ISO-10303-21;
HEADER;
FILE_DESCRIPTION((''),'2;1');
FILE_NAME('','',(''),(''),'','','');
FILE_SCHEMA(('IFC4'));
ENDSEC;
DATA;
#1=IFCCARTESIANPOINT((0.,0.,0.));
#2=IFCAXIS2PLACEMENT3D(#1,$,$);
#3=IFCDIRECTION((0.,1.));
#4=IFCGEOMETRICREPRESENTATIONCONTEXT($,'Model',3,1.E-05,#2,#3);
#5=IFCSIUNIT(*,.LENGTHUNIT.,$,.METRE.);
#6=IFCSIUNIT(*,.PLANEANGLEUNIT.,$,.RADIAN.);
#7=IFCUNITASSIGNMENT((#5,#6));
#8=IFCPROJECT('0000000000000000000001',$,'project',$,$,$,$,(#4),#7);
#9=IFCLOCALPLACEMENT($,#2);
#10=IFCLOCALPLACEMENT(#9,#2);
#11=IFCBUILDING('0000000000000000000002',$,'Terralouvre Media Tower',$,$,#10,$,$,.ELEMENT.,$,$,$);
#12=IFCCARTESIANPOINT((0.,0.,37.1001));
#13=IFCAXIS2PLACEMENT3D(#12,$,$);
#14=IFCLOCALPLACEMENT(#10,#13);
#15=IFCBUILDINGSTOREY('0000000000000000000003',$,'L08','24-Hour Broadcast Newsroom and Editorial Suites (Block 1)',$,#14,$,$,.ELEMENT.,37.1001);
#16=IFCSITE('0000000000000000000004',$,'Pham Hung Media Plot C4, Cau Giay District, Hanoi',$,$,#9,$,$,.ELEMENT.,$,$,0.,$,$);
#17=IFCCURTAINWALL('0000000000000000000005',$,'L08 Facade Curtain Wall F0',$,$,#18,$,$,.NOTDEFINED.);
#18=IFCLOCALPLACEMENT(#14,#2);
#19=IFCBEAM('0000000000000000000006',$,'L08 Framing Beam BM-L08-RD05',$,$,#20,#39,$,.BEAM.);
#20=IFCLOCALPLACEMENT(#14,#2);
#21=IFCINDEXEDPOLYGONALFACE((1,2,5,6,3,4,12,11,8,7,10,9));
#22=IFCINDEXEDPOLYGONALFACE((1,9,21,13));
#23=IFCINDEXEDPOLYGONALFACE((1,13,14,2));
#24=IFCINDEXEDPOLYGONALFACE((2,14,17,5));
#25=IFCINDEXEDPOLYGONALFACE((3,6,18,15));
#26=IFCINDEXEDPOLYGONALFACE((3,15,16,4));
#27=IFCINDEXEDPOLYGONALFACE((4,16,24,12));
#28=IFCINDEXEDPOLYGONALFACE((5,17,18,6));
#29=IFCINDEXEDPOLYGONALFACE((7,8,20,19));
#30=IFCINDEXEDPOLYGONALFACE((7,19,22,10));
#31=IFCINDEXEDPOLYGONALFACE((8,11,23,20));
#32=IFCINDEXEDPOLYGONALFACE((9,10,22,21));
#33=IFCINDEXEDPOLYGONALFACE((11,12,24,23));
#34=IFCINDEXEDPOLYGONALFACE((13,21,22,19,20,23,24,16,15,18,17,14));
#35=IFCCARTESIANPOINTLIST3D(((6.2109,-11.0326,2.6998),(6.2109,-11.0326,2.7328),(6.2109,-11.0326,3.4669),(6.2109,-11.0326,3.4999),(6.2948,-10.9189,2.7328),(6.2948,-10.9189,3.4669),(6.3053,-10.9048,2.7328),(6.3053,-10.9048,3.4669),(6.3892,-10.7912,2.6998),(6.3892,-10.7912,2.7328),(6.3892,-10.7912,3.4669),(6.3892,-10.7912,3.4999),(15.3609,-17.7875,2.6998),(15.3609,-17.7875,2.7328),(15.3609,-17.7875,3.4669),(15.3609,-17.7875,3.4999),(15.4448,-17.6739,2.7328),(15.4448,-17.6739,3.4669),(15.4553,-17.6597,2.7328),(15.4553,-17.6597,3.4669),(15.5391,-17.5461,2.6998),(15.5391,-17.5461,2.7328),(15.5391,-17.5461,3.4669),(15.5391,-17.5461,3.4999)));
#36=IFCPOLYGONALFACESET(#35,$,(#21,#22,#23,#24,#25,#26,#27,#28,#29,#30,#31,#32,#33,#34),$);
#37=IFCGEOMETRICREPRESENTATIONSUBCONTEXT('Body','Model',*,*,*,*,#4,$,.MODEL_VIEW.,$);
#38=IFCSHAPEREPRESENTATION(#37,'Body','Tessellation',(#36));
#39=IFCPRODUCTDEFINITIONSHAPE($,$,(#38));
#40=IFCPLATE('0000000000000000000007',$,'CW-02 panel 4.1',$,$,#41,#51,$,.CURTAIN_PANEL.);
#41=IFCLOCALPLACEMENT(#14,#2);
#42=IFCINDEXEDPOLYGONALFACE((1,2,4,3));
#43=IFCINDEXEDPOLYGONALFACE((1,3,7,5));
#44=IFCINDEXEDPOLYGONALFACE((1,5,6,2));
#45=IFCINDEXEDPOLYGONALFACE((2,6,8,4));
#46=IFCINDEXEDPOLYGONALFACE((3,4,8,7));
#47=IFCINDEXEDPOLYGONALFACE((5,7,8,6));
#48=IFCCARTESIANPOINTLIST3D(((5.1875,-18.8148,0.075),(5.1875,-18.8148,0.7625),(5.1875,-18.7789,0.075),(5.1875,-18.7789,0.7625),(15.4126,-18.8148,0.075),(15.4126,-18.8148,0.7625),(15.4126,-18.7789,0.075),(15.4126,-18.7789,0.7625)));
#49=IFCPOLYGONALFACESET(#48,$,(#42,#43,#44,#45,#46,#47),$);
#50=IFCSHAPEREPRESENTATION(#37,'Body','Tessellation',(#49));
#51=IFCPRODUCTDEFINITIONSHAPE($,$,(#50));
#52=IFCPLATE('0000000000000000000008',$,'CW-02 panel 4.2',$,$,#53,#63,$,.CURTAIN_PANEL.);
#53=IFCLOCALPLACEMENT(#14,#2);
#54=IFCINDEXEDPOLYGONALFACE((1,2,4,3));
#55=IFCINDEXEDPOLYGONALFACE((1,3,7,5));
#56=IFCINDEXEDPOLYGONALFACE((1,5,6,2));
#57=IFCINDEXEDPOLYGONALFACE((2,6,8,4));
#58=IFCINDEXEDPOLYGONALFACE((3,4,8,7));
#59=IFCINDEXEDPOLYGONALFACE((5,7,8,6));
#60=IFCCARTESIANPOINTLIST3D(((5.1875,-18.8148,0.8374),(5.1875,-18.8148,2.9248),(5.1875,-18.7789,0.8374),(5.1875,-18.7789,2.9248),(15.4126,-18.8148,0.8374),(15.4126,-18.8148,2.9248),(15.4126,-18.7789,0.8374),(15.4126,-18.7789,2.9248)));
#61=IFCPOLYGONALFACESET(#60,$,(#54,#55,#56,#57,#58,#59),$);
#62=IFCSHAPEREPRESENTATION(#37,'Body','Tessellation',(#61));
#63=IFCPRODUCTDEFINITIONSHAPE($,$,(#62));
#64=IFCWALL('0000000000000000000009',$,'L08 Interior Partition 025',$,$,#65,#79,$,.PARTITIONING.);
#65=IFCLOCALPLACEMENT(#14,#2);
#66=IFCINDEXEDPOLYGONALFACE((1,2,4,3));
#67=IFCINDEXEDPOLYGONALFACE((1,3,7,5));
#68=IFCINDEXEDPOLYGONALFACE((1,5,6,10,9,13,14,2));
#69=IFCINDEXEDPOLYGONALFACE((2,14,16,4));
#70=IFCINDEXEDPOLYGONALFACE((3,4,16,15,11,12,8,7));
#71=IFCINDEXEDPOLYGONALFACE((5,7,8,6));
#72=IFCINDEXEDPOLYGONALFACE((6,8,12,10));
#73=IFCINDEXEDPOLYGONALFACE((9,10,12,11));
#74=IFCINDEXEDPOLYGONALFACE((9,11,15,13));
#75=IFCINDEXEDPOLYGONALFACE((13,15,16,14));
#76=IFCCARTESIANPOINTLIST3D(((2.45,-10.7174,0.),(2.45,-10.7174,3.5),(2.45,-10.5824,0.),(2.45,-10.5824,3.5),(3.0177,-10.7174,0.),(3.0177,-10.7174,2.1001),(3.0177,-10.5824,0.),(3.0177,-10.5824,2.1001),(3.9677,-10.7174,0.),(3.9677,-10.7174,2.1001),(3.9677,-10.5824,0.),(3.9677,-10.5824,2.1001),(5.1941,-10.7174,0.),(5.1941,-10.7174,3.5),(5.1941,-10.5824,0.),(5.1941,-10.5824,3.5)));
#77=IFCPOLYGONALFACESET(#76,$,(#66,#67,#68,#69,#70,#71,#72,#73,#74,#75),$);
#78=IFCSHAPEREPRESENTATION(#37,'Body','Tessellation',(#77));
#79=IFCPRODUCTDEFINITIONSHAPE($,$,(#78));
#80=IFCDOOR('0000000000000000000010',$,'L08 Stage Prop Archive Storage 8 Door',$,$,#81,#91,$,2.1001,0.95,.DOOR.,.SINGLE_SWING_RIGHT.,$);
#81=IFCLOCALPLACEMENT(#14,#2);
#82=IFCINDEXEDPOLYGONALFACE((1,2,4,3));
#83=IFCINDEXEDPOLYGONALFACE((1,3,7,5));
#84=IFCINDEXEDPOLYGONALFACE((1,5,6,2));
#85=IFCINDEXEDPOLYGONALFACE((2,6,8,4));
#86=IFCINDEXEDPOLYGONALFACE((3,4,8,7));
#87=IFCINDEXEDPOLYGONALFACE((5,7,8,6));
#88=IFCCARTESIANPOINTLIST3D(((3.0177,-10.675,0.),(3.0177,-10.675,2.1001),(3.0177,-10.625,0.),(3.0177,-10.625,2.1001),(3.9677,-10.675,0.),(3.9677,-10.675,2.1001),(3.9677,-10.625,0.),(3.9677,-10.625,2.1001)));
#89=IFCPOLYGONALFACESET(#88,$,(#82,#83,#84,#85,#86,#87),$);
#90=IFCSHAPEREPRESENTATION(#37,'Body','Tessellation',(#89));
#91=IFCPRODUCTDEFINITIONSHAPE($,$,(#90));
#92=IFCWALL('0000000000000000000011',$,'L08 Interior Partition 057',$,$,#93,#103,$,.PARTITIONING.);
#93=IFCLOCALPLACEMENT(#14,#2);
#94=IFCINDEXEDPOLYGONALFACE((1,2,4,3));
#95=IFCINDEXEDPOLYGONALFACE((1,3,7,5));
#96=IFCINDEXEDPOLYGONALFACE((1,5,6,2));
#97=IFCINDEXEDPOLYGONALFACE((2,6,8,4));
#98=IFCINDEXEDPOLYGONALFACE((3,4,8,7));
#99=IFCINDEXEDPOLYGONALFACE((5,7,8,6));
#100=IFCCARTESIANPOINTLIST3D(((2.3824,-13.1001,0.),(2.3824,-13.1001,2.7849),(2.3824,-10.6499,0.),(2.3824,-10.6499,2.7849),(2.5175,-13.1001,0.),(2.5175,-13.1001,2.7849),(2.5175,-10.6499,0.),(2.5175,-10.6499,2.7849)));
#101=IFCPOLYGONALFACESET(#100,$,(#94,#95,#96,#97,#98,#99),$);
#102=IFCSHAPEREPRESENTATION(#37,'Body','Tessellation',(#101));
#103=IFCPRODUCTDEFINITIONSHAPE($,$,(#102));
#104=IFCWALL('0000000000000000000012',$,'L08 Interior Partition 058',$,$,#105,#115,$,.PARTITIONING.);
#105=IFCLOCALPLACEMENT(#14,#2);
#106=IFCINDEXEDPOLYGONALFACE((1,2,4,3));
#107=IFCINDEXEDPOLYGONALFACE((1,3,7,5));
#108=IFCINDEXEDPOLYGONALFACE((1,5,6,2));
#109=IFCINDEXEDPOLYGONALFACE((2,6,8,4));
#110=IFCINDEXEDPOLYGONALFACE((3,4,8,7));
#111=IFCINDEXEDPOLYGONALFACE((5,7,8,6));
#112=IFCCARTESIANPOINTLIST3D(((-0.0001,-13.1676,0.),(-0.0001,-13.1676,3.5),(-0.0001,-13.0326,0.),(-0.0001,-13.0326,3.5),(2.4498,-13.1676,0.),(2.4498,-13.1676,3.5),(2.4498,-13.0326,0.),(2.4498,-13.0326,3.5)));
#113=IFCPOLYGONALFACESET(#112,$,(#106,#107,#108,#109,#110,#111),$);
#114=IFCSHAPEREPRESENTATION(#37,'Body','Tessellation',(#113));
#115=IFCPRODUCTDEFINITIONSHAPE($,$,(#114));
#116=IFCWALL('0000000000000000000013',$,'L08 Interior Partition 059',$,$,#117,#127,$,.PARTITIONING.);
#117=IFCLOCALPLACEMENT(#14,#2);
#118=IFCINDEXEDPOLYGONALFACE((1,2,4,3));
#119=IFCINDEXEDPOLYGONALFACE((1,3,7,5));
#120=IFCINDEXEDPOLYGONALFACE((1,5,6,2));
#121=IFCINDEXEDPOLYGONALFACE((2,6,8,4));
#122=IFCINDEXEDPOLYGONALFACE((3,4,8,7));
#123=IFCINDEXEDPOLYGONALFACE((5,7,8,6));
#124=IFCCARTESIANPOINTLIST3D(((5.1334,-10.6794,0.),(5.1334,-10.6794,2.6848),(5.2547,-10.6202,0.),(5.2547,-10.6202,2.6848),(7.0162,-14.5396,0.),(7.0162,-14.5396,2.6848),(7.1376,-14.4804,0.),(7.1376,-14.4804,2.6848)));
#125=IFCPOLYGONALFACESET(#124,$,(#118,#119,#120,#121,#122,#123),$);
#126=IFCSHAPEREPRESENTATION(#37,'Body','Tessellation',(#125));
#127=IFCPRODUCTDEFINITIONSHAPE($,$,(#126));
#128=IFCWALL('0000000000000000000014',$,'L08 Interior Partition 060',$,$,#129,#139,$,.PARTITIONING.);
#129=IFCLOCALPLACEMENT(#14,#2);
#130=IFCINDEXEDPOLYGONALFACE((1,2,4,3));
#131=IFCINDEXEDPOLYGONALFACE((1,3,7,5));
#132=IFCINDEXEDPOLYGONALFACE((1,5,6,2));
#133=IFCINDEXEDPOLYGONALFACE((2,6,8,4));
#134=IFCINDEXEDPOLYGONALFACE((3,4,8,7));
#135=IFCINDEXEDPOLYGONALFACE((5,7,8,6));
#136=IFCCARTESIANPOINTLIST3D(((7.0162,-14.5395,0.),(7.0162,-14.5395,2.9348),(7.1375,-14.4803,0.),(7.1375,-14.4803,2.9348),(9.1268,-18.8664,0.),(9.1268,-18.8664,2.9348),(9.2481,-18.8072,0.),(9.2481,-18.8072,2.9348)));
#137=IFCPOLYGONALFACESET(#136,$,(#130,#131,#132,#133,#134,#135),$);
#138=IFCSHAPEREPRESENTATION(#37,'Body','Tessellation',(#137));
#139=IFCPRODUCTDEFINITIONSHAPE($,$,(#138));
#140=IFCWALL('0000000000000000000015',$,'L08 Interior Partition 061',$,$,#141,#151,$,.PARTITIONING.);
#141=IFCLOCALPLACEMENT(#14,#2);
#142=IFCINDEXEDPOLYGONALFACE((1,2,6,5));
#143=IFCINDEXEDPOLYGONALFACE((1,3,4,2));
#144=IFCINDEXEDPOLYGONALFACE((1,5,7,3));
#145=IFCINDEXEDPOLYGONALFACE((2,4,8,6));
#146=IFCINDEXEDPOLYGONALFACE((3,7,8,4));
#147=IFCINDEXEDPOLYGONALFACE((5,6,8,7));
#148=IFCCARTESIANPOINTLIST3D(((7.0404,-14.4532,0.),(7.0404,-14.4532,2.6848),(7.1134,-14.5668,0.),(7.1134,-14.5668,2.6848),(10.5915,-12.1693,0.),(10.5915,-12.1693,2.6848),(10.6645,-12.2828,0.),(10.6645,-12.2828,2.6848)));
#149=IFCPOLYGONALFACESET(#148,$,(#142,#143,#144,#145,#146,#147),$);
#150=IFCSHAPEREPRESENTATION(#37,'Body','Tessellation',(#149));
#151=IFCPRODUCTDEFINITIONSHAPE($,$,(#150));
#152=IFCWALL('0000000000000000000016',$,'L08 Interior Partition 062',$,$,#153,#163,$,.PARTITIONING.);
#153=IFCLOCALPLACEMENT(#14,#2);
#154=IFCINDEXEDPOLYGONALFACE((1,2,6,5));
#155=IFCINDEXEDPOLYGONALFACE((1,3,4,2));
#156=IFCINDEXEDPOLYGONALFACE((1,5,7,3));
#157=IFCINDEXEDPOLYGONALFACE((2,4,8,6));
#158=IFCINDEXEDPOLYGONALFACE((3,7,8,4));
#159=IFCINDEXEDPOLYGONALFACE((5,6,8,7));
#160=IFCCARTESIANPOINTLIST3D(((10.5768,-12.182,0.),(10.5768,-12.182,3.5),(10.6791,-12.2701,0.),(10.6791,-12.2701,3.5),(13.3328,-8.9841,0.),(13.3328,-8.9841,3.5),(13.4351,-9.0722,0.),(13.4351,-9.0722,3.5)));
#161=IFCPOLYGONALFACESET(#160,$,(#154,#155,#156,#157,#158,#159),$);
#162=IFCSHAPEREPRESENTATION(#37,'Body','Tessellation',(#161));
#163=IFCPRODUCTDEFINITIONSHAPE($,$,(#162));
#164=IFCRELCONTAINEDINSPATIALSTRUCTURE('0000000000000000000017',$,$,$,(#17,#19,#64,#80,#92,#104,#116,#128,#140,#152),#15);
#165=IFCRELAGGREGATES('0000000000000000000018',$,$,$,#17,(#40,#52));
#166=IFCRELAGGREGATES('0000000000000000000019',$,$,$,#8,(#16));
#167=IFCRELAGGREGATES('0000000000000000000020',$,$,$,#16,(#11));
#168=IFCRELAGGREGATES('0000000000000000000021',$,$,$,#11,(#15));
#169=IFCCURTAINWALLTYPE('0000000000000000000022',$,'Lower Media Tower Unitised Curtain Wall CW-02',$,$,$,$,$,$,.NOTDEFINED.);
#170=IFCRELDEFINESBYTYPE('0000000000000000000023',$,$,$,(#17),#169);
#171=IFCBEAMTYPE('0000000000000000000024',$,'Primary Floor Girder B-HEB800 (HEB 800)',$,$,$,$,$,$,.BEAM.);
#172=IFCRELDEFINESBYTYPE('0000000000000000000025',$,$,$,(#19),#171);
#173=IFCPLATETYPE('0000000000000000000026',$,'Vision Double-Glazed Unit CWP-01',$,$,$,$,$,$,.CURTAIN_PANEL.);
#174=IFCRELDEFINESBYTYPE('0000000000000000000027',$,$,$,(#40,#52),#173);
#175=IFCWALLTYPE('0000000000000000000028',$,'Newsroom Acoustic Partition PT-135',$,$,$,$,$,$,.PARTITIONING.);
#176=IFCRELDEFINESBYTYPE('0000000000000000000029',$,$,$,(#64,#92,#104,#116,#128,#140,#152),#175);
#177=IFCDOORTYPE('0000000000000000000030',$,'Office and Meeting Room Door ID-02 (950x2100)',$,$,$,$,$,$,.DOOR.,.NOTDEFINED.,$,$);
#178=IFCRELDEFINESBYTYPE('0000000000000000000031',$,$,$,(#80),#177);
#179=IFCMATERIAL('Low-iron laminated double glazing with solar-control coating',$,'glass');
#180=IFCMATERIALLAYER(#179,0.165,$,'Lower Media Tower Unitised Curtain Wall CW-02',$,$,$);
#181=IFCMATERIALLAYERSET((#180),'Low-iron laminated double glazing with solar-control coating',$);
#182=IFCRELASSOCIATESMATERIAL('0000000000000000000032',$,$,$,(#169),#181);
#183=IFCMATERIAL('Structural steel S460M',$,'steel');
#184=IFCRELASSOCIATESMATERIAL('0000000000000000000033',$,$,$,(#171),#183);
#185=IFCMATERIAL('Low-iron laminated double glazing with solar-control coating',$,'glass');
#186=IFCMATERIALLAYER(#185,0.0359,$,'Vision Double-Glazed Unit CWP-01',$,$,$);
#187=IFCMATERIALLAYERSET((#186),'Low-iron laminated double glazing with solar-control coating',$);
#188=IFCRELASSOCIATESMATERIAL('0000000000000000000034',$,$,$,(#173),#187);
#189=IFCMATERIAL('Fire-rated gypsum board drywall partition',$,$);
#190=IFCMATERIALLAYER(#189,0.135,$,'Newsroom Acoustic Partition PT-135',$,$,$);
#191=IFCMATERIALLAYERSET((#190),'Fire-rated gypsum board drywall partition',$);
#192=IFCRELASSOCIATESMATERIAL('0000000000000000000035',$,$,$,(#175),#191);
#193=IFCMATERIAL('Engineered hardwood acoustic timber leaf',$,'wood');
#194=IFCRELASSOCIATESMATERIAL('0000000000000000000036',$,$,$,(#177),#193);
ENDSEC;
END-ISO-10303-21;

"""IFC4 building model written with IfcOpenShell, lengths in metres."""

from ifc_helpers import new_model, si_unit, direction, frame, frame_2d, origin, origin_2d, place, context, subcontext, project, spatial, rectangle, i_section, extrude, material, layer, layer_set, material_profile, profile_set, type_object, element, fill, aggregate, save


model = new_model("IFC4")

# Units and contexts
model_context = context("Model", 3, precision=1e-05, world=origin(), true_north=direction((0.0, 1.0)))
body_context = subcontext(model_context, "Body", "Model", "MODEL_VIEW")
ifc_project = project(units=[si_unit("LENGTHUNIT", "METRE"), si_unit("PLANEANGLEUNIT", "RADIAN")], contexts=[model_context])

# Site, building, storey
site_placement = place(None, origin())
site = spatial("IfcSite", under=ifc_project, at=site_placement, Name="Pham Hung Media Plot C4, Cau Giay District, Hanoi", CompositionType="ELEMENT", RefElevation=0.0)
building_placement = place(site_placement, origin())
building = spatial("IfcBuilding", under=site, at=building_placement, Name="Terralouvre Media Tower", CompositionType="ELEMENT")
storey_placement = place(building_placement, frame((0.0, 0.0, 37.1001)))
storey = spatial("IfcBuildingStorey", under=building, at=storey_placement, Name="L08", Description="24-Hour Broadcast Newsroom and Editorial Suites (Block 1)", CompositionType="ELEMENT", Elevation=37.1001)

# Curtain wall
ifc_material_1 = material(Name="Low-iron laminated double glazing with solar-control coating", Category="glass")
ifc_layer_1 = layer(ifc_material_1, 0.165, Name="Lower Media Tower Unitised Curtain Wall CW-02")
ifc_layer_set_1 = layer_set([ifc_layer_1], Name="Low-iron laminated double glazing with solar-control coating")
curtain_wall_type = type_object("IfcCurtainWallType", Name="Lower Media Tower Unitised Curtain Wall CW-02", PredefinedType="NOTDEFINED", material=ifc_layer_set_1)
curtain_wall_placement = place(storey_placement, origin())
curtain_wall = element("IfcCurtainWall", 1, at=curtain_wall_placement, inside=storey, type_object=curtain_wall_type, Name="L08 Facade Curtain Wall F0", PredefinedType="NOTDEFINED")

# Beam
ifc_material_2 = material(Name="Structural steel S460M", Category="steel")
ifc_material_profile_1 = material_profile(ifc_material_2, i_section(OverallWidth=0.3, OverallDepth=0.8, WebThickness=0.0176, FlangeThickness=0.033, at=origin_2d()), Name="HEB 800")
ifc_profile_set_1 = profile_set([ifc_material_profile_1], Name="Structural steel S460M")
beam_type_1 = type_object("IfcBeamType", Name="Primary Floor Girder B-HEB800 (HEB 800)", PredefinedType="BEAM", material=ifc_profile_set_1)
beam_1_placement = place(storey_placement, frame((6.3, -10.9119, 3.0999), z_axis=(0.804516, -0.593931, 0.0), x_axis=(0.593931, 0.804516, 0.0)))
element("IfcBeam", 2, at=beam_1_placement, inside=storey, type_object=beam_type_1, Name="L08 Framing Beam BM-L08-RD05", PredefinedType="BEAM", context=body_context, shape_type="SweptSolid", body=[
    extrude(i_section(OverallWidth=0.3, OverallDepth=0.8, WebThickness=0.0176, FlangeThickness=0.033, at=origin_2d()), origin(), (0.0, 0.0, 1.0), 11.3733),
])

# Plates
ifc_material_3 = material(Name="Low-iron laminated double glazing with solar-control coating", Category="glass")
ifc_layer_2 = layer(ifc_material_3, 0.0359, Name="Vision Double-Glazed Unit CWP-01")
ifc_layer_set_2 = layer_set([ifc_layer_2], Name="Low-iron laminated double glazing with solar-control coating")
plate_type = type_object("IfcPlateType", Name="Vision Double-Glazed Unit CWP-01", PredefinedType="CURTAIN_PANEL", material=ifc_layer_set_2)
plate_1_placement = place(storey_placement, frame((10.3, -18.7969, 0.075), z_axis=(0.0, 0.0, 1.0), x_axis=(1.0, 0.0, 0.0)))
plate_1 = element("IfcPlate", 3, at=plate_1_placement, type_object=plate_type, Name="CW-02 panel 4.1", PredefinedType="CURTAIN_PANEL", context=body_context, shape_type="SweptSolid", body=[
    extrude(rectangle(XDim=10.2251, YDim=0.0359, at=origin_2d()), origin(), (0.0, 0.0, 1.0), 0.6875),
])
plate_2_placement = place(storey_placement, frame((10.3, -18.7969, 0.8374), z_axis=(0.0, 0.0, 1.0), x_axis=(1.0, 0.0, 0.0)))
plate_2 = element("IfcPlate", 4, at=plate_2_placement, type_object=plate_type, Name="CW-02 panel 4.2", PredefinedType="CURTAIN_PANEL", context=body_context, shape_type="SweptSolid", body=[
    extrude(rectangle(XDim=10.2251, YDim=0.0359, at=origin_2d()), origin(), (0.0, 0.0, 1.0), 2.0874),
])
aggregate(curtain_wall, [plate_1, plate_2])

# Wall, opening, door
ifc_material_4 = material(Name="Fire-rated gypsum board drywall partition")
ifc_layer_3 = layer(ifc_material_4, 0.135, Name="Newsroom Acoustic Partition PT-135")
ifc_layer_set_3 = layer_set([ifc_layer_3], Name="Fire-rated gypsum board drywall partition")
wall_type_1 = type_object("IfcWallType", Name="Newsroom Acoustic Partition PT-135", PredefinedType="PARTITIONING", material=ifc_layer_set_3)
wall_1_placement = place(storey_placement, frame((2.45, -10.6499, 0.0), z_axis=(0.0, 0.0, 1.0), x_axis=(1.0, 0.0, 0.0)))
wall_1 = element("IfcWall", 5, at=wall_1_placement, inside=storey, type_object=wall_type_1, Name="L08 Interior Partition 025", PredefinedType="PARTITIONING", context=body_context, shape_type="SweptSolid", body=[
    extrude(rectangle(XDim=2.7441, YDim=0.135, at=frame_2d((1.3721, 0.0))), origin(), (0.0, 0.0, 1.0), 3.5),
])
opening_1_placement = place(wall_1_placement, frame((0.5676, 0.0, 0.0)))
opening_1 = element("IfcOpeningElement", 6, at=opening_1_placement, cuts=wall_1, PredefinedType="OPENING", context=body_context, shape_type="SweptSolid", body=[
    extrude(rectangle(XDim=0.95, YDim=2.1001, at=frame_2d((0.4751, 1.05))), frame((0.0, 0.0774, 0.0), z_axis=(0.0, -1.0, 0.0), x_axis=(1.0, 0.0, 0.0)), (0.0, 0.0, 1.0), 0.155),
])
ifc_material_5 = material(Name="Engineered hardwood acoustic timber leaf", Category="wood")
door_type_1 = type_object("IfcDoorType", Name="Office and Meeting Room Door ID-02 (950x2100)", OperationType="NOTDEFINED", PredefinedType="DOOR", material=ifc_material_5)
door_1_placement = place(opening_1_placement, origin())
door_1 = element("IfcDoor", 7, at=door_1_placement, inside=storey, type_object=door_type_1, Name="L08 Stage Prop Archive Storage 8 Door", OperationType="SINGLE_SWING_RIGHT", OverallHeight=2.1001, OverallWidth=0.95, PredefinedType="DOOR", context=body_context, shape_type="SweptSolid", body=[
    extrude(rectangle(XDim=0.95, YDim=2.1001, at=frame_2d((0.4751, 1.05))), frame((0.0, 0.0249, 0.0), z_axis=(0.0, -1.0, 0.0), x_axis=(1.0, 0.0, 0.0)), (0.0, 0.0, 1.0), 0.05),
])
fill(opening_1, door_1)

# Walls
wall_2_placement = place(storey_placement, frame((2.45, -10.6499, 0.0), z_axis=(0.0, 0.0, 1.0), x_axis=(0.0, -1.0, 0.0)))
element("IfcWall", 8, at=wall_2_placement, inside=storey, type_object=wall_type_1, Name="L08 Interior Partition 057", PredefinedType="PARTITIONING", context=body_context, shape_type="SweptSolid", body=[
    extrude(rectangle(XDim=2.4502, YDim=0.135, at=frame_2d((1.2251, 0.0))), origin(), (0.0, 0.0, 1.0), 2.7849),
])
wall_3_placement = place(storey_placement, frame((2.45, -13.1001, 0.0), z_axis=(0.0, 0.0, 1.0), x_axis=(-1.0, 0.0, 0.0)))
element("IfcWall", 9, at=wall_3_placement, inside=storey, type_object=wall_type_1, Name="L08 Interior Partition 058", PredefinedType="PARTITIONING", context=body_context, shape_type="SweptSolid", body=[
    extrude(rectangle(XDim=2.45, YDim=0.135, at=frame_2d((1.2251, 0.0))), origin(), (0.0, 0.0, 1.0), 3.5),
])
wall_4_placement = place(storey_placement, frame((7.0769, -14.51, 0.0), z_axis=(0.0, 0.0, 1.0), x_axis=(-0.438392, 0.898784, 0.0)))
element("IfcWall", 10, at=wall_4_placement, inside=storey, type_object=wall_type_1, Name="L08 Interior Partition 059", PredefinedType="PARTITIONING", context=body_context, shape_type="SweptSolid", body=[
    extrude(rectangle(XDim=4.2949, YDim=0.135, at=frame_2d((2.1475, 0.0))), origin(), (0.0, 0.0, 1.0), 2.6848),
])
wall_5_placement = place(storey_placement, frame((9.1875, -18.8369, 0.0), z_axis=(0.0, 0.0, 1.0), x_axis=(-0.438409, 0.898776, 0.0)))
element("IfcWall", 11, at=wall_5_placement, inside=storey, type_object=wall_type_1, Name="L08 Interior Partition 060", PredefinedType="PARTITIONING", context=body_context, shape_type="SweptSolid", body=[
    extrude(rectangle(XDim=4.8142, YDim=0.135, at=frame_2d((2.4072, 0.0))), origin(), (0.0, 0.0, 1.0), 2.9348),
])
wall_6_placement = place(storey_placement, frame((7.0769, -14.51, 0.0), z_axis=(0.0, 0.0, 1.0), x_axis=(0.841056, 0.540948, 0.0)))
element("IfcWall", 12, at=wall_6_placement, inside=storey, type_object=wall_type_1, Name="L08 Interior Partition 061", PredefinedType="PARTITIONING", context=body_context, shape_type="SweptSolid", body=[
    extrude(rectangle(XDim=4.2222, YDim=0.135, at=frame_2d((2.1111, 0.0))), origin(), (0.0, 0.0, 1.0), 2.6848),
])
wall_7_placement = place(storey_placement, frame((10.6279, -12.2261, 0.0), z_axis=(0.0, 0.0, 1.0), x_axis=(0.652832, 0.757503, 0.0)))
element("IfcWall", 13, at=wall_7_placement, inside=storey, type_object=wall_type_1, Name="L08 Interior Partition 062", PredefinedType="PARTITIONING", context=body_context, shape_type="SweptSolid", body=[
    extrude(rectangle(XDim=4.2217, YDim=0.135, at=frame_2d((2.1108, 0.0))), origin(), (0.0, 0.0, 1.0), 3.5),
])

save(model, "model.ifc")
